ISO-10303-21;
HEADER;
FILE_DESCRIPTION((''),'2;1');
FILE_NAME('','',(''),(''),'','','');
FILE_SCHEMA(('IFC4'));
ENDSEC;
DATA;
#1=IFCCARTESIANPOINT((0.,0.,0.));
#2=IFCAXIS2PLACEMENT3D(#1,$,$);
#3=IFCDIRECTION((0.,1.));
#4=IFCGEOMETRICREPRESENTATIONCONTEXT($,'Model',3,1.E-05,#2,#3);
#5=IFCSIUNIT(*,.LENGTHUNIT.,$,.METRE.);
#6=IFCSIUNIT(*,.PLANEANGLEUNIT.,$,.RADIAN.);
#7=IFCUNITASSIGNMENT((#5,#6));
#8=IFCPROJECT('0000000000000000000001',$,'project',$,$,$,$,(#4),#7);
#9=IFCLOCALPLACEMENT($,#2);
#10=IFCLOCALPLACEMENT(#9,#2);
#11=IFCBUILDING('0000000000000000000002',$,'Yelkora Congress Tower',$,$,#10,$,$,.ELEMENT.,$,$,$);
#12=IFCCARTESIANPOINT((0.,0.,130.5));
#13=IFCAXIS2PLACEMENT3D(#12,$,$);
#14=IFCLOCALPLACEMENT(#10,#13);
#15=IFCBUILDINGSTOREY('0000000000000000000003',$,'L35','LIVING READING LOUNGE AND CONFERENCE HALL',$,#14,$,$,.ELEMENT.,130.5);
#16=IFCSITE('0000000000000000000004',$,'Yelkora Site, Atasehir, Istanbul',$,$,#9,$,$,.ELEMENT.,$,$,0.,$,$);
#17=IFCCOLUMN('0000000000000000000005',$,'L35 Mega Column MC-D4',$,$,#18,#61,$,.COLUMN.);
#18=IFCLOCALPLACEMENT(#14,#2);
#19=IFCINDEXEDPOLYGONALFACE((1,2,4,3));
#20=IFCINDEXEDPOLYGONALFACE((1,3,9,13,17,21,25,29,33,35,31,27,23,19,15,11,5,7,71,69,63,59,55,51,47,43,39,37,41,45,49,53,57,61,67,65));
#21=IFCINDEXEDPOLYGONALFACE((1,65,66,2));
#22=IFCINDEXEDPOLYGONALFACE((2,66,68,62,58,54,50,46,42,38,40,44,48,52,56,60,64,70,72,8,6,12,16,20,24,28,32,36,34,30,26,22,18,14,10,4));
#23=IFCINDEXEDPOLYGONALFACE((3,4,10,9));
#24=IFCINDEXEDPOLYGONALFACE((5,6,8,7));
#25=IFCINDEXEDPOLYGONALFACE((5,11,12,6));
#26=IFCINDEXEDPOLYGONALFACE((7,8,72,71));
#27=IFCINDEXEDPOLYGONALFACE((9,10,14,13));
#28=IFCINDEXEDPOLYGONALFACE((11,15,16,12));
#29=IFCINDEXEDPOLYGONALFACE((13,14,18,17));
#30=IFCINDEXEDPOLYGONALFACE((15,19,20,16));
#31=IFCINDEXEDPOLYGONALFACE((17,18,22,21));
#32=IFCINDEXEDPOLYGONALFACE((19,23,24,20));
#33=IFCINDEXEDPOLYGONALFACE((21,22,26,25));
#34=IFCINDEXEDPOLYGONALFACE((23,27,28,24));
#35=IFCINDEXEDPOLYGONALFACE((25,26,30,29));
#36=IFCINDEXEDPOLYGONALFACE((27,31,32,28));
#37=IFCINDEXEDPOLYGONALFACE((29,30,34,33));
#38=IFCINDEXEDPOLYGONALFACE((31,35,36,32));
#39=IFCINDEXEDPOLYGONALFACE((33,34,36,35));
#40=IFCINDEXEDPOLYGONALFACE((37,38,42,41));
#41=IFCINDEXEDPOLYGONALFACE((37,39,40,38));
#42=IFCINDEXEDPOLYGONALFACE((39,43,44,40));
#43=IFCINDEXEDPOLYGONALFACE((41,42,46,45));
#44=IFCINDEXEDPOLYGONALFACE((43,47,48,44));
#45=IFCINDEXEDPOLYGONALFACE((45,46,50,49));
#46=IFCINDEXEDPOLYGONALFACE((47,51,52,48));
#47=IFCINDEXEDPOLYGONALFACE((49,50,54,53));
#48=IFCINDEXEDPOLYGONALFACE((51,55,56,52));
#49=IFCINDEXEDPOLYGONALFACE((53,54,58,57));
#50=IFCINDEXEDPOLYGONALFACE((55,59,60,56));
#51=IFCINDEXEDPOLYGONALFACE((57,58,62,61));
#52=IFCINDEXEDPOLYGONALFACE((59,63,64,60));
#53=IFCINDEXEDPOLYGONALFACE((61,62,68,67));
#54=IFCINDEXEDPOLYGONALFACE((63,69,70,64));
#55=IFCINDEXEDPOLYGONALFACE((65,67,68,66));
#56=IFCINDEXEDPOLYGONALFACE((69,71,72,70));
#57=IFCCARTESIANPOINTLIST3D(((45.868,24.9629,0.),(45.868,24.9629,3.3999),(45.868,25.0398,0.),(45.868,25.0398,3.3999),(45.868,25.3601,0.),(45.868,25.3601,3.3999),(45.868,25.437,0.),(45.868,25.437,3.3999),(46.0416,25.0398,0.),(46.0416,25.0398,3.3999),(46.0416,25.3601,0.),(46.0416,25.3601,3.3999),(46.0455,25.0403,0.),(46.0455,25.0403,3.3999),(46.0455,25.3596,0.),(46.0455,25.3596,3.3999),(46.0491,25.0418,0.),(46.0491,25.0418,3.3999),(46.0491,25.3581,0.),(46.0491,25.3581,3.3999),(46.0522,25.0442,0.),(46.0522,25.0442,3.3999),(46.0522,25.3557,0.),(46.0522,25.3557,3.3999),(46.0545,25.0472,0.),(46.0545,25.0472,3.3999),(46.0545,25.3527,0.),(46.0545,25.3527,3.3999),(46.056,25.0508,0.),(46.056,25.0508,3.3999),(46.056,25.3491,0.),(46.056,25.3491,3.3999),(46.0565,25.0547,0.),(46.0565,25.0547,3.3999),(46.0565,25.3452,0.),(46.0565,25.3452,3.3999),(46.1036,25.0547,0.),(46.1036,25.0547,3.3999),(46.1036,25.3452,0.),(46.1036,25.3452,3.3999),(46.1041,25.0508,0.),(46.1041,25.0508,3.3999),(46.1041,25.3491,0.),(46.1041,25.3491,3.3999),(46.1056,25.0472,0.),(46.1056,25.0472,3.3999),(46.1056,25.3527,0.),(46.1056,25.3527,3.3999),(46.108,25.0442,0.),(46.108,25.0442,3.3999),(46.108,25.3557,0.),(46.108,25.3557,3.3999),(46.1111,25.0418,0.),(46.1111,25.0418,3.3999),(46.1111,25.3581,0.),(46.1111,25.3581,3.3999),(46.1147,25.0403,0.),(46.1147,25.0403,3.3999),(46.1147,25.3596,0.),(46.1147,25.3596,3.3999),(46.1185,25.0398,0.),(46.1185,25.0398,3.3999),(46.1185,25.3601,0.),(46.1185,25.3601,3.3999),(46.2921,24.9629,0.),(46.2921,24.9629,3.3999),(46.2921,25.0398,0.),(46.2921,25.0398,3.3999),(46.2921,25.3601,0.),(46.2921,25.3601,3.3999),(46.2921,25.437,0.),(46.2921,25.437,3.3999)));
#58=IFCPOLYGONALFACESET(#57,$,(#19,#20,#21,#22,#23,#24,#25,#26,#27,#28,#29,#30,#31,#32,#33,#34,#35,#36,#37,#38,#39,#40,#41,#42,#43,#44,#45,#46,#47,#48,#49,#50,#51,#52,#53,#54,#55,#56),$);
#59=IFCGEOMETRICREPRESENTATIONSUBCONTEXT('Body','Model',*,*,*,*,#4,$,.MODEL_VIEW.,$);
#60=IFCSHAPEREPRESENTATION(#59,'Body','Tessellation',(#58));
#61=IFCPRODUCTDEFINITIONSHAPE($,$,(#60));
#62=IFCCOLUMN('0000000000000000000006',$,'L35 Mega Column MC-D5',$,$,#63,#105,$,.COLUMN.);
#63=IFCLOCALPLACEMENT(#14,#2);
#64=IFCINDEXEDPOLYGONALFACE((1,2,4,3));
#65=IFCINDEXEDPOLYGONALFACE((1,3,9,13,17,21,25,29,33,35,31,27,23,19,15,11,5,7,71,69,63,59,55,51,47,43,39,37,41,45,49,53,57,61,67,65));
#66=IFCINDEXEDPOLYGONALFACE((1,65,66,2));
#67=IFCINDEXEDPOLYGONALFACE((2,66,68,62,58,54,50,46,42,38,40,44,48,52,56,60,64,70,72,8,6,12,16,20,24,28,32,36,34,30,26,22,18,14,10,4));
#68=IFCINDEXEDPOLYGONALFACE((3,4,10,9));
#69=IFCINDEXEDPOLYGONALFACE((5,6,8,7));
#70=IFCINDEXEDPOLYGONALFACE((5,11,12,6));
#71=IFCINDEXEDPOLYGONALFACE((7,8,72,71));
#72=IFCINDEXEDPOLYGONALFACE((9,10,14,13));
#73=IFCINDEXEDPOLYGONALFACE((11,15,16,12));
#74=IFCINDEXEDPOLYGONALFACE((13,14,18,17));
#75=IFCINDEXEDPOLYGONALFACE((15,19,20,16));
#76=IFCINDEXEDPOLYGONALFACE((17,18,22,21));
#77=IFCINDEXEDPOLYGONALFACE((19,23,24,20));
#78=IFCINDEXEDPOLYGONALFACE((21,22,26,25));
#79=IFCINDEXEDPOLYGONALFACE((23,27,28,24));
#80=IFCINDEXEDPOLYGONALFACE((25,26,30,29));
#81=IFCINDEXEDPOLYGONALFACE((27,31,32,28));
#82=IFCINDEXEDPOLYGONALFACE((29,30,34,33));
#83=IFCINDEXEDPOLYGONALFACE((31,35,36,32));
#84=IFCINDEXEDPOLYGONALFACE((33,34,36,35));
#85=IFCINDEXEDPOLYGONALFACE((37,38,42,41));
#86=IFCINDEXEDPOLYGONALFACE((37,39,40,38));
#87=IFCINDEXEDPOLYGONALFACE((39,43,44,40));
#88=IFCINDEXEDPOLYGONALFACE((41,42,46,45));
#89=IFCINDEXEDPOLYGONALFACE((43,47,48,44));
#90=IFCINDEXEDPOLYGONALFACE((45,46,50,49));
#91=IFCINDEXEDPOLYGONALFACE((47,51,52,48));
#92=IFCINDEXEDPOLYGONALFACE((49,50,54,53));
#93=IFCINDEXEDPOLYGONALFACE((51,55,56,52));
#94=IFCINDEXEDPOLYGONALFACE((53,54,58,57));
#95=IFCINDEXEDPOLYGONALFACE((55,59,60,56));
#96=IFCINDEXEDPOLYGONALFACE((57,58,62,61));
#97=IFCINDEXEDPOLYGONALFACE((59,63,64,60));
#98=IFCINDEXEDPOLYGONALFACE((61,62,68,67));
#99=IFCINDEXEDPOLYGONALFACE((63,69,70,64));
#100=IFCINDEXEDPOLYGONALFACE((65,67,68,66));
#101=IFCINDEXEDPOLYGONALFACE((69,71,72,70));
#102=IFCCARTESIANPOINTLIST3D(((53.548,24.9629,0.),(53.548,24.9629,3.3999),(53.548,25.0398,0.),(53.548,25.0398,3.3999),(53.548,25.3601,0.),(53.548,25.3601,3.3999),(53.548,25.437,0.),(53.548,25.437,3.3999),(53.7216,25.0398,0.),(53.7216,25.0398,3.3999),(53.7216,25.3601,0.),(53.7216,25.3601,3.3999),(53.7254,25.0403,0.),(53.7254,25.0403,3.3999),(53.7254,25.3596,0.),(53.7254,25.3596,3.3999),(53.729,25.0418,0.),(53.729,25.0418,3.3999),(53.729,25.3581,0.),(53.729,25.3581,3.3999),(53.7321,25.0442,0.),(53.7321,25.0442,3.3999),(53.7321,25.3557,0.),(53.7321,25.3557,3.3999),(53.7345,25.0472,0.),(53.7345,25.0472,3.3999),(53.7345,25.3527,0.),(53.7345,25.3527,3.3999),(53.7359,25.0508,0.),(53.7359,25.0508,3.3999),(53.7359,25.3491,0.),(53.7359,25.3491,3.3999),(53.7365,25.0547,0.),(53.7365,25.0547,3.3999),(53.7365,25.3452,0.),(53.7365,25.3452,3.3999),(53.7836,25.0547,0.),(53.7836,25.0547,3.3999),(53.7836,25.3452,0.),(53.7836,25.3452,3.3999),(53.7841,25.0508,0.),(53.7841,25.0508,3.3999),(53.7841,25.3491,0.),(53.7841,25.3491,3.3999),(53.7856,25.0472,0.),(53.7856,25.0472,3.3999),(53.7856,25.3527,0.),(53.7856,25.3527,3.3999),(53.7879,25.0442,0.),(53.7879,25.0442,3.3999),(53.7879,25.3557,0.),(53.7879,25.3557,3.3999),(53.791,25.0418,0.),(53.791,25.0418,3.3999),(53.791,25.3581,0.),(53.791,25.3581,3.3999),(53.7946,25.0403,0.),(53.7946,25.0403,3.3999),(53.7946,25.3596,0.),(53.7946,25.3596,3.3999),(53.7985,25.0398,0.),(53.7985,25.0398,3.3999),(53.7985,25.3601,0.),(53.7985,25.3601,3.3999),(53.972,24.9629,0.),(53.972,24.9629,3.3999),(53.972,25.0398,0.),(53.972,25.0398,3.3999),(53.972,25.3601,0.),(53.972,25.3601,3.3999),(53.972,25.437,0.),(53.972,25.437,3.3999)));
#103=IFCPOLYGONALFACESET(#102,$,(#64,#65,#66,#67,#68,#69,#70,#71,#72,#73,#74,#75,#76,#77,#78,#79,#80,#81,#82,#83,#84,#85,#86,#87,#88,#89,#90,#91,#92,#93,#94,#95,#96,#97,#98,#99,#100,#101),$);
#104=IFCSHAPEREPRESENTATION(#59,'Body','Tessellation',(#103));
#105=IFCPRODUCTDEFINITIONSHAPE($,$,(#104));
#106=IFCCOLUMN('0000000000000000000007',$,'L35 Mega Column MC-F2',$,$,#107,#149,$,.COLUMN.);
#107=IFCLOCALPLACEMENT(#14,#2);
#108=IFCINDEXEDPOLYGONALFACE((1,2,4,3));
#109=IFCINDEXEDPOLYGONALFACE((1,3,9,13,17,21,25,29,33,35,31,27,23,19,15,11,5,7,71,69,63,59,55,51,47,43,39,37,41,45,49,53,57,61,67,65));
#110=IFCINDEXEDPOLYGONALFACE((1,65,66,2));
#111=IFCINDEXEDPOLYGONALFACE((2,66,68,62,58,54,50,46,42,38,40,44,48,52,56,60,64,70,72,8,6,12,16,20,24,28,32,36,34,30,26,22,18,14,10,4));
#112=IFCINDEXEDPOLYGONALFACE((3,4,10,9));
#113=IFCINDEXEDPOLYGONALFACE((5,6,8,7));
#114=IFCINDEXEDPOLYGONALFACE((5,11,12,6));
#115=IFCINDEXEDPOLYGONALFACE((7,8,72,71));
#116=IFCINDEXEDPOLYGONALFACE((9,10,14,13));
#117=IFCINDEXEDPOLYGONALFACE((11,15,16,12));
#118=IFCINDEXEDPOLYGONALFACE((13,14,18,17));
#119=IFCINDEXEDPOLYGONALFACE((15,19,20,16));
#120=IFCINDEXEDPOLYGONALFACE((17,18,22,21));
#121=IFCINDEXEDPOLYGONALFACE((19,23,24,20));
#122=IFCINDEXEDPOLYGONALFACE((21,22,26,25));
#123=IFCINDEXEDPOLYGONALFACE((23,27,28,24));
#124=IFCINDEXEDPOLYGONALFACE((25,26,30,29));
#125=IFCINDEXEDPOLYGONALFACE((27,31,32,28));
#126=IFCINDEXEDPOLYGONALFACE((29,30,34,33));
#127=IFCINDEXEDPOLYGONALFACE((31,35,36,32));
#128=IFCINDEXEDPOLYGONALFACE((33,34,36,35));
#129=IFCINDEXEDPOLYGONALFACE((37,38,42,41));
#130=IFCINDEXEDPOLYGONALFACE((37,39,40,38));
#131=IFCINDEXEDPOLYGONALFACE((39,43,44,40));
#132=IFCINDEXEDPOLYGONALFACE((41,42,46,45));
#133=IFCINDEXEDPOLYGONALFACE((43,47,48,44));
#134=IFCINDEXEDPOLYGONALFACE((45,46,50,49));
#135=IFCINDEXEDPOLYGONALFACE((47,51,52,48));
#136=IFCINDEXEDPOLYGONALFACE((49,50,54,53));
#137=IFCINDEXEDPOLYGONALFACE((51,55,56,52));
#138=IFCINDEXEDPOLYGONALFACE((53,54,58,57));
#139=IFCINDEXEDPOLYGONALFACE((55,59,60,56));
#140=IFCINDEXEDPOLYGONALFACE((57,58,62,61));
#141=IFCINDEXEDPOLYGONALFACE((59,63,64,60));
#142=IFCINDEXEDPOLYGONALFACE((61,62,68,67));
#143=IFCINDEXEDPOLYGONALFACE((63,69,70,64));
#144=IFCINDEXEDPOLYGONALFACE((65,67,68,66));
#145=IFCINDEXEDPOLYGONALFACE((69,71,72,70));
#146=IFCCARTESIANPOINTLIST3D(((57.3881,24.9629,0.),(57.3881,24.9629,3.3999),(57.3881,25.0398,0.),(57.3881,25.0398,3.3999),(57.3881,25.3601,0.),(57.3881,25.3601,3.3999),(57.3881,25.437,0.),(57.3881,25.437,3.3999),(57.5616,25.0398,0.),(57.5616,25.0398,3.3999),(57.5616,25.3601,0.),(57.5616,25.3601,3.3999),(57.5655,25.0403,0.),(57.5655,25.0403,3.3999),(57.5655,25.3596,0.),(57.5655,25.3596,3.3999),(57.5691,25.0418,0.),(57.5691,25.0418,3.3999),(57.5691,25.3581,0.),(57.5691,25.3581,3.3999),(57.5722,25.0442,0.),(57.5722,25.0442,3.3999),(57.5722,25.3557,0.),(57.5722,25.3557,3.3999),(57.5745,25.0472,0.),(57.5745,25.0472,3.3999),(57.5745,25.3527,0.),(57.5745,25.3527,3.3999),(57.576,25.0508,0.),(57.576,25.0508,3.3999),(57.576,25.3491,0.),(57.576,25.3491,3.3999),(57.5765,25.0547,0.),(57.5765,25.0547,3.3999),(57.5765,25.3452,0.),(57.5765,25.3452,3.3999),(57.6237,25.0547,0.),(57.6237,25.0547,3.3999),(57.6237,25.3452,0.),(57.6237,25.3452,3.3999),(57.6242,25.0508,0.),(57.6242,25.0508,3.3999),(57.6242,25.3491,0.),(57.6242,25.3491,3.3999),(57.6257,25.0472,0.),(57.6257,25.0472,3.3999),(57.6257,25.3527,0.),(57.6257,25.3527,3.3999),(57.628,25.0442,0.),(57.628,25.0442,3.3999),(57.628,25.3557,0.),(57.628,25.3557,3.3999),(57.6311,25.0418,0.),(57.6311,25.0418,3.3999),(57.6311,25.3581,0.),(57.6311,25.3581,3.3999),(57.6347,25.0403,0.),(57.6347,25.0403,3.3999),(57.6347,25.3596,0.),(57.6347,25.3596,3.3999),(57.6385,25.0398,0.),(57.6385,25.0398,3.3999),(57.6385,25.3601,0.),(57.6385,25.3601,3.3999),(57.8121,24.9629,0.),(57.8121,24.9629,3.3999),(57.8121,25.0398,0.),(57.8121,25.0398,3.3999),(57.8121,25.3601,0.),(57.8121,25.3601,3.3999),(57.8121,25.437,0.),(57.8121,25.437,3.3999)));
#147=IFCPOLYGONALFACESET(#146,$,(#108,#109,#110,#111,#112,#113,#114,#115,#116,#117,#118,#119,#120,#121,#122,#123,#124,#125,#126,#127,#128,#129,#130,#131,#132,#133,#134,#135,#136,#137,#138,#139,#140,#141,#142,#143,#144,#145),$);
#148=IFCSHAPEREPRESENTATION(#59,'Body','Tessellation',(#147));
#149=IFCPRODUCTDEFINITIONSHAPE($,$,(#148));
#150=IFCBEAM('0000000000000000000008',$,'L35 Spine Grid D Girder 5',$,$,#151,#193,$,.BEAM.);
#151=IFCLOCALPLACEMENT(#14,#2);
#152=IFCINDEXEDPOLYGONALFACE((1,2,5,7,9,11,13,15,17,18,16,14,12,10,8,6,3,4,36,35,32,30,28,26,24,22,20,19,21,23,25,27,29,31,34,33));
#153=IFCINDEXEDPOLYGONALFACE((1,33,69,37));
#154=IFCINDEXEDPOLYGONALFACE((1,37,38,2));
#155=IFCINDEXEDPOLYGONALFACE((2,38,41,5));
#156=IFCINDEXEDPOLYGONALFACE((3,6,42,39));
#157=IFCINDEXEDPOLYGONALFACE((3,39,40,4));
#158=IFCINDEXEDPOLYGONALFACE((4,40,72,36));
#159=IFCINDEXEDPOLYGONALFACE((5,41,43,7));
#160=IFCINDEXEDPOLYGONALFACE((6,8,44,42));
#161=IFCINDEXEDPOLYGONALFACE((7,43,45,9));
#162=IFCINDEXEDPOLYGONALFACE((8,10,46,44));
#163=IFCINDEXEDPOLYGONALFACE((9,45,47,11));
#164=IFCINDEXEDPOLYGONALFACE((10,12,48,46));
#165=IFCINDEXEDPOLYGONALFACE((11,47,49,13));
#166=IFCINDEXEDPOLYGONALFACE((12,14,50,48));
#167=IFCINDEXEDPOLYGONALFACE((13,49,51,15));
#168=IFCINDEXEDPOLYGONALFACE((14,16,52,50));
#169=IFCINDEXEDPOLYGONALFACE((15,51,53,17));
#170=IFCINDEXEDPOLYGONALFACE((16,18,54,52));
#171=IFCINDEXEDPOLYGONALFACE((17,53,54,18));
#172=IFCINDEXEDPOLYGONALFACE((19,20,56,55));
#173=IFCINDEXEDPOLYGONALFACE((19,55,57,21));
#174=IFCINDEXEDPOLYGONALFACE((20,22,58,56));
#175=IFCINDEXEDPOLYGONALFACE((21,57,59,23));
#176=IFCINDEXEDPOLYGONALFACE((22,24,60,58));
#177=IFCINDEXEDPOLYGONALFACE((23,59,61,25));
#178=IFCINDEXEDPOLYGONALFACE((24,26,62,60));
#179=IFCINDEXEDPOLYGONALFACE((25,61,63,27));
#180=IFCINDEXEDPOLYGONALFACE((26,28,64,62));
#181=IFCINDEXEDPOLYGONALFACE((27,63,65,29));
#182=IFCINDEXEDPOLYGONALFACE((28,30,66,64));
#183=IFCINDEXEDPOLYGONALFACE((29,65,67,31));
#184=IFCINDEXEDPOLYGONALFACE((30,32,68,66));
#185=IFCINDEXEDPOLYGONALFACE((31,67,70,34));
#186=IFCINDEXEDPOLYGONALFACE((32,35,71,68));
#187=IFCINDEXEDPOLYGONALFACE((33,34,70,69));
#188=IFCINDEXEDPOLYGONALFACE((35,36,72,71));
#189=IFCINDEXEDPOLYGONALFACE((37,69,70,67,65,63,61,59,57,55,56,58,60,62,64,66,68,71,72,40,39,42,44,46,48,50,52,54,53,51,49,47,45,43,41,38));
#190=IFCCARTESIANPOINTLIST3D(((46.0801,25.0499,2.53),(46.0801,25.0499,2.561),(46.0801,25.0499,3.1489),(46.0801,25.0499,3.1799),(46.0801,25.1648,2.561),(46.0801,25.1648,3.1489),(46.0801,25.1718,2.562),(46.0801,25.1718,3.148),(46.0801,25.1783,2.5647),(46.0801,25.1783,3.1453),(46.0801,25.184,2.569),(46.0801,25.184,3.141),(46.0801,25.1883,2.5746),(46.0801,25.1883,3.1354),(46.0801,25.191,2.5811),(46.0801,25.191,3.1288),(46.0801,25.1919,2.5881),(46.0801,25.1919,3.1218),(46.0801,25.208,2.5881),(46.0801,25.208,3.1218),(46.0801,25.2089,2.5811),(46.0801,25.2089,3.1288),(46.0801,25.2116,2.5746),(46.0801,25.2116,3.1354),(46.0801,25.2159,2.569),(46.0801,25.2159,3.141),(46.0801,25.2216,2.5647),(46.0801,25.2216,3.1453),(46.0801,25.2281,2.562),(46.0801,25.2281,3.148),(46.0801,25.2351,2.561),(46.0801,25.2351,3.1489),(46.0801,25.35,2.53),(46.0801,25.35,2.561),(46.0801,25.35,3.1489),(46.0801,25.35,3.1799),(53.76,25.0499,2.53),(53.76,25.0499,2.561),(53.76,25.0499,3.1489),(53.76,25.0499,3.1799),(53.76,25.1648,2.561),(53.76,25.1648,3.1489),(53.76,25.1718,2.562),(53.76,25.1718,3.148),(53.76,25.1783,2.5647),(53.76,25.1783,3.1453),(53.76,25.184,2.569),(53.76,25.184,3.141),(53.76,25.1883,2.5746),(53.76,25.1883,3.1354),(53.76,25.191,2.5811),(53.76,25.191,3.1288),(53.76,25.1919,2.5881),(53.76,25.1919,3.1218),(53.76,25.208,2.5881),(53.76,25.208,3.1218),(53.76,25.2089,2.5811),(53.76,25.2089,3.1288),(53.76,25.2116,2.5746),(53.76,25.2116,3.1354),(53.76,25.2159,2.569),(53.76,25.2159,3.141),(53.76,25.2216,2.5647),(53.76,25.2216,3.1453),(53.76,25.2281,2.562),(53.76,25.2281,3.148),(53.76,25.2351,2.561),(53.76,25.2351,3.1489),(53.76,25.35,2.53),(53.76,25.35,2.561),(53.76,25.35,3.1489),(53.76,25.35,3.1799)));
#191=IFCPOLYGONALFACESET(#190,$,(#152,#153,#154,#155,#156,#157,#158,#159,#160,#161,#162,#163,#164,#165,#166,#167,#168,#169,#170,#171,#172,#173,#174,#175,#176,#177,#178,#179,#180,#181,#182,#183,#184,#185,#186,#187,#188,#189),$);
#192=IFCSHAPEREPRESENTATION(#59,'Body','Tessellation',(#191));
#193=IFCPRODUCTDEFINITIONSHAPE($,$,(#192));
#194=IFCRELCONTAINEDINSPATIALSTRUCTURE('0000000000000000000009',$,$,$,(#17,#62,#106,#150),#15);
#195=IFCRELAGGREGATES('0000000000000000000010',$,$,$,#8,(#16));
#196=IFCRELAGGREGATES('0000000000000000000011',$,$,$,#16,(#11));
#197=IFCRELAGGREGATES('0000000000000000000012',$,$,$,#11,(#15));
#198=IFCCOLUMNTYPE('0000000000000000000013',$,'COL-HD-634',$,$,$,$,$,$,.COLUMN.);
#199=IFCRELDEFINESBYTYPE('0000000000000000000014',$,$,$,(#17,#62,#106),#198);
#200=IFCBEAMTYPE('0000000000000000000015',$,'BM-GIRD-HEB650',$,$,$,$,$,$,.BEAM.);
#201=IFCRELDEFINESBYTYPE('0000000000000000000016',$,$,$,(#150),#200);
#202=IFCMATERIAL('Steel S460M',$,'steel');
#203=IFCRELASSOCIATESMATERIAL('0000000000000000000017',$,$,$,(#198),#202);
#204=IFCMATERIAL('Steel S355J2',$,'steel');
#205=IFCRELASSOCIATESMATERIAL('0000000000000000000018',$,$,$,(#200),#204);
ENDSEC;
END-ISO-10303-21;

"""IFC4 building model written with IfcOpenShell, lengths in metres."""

from ifc_helpers import new_model, si_unit, direction, frame, origin, origin_2d, place, context, subcontext, project, spatial, i_section, extrude, material, material_profile, profile_set, type_object, element, save


model = new_model("IFC4")

# Units and contexts
model_context = context("Model", 3, precision=1e-05, world=origin(), true_north=direction((0.0, 1.0)))
body_context = subcontext(model_context, "Body", "Model", "MODEL_VIEW")
ifc_project = project(units=[si_unit("LENGTHUNIT", "METRE"), si_unit("PLANEANGLEUNIT", "RADIAN")], contexts=[model_context])

# Site, building, storey
site_placement = place(None, origin())
site = spatial("IfcSite", under=ifc_project, at=site_placement, Name="Yelkora Site, Atasehir, Istanbul", CompositionType="ELEMENT", RefElevation=0.0)
building_placement = place(site_placement, origin())
building = spatial("IfcBuilding", under=site, at=building_placement, Name="Yelkora Congress Tower", CompositionType="ELEMENT")
storey_placement = place(building_placement, frame((0.0, 0.0, 130.5)))
storey = spatial("IfcBuildingStorey", under=building, at=storey_placement, Name="L35", Description="LIVING READING LOUNGE AND CONFERENCE HALL", CompositionType="ELEMENT", Elevation=130.5)

# Columns
ifc_material_1 = material(Name="Steel S460M", Category="steel")
ifc_material_profile_1 = material_profile(ifc_material_1, i_section(OverallWidth=0.4241, OverallDepth=0.4741, WebThickness=0.0471, FlangeThickness=0.0769, FilletRadius=0.0149, at=origin_2d()), Name="HD 400x634")
ifc_profile_set_1 = profile_set([ifc_material_profile_1], Name="Steel S460M")
column_type = type_object("IfcColumnType", Name="COL-HD-634", PredefinedType="COLUMN", material=ifc_profile_set_1)
for number, where, z_axis, x_axis, name in (
    (1, (46.0801, 25.2, 0.0), (0.0, 0.0, 1.0), (1.0, 0.0, 0.0), "L35 Mega Column MC-D4"),
    (2, (53.76, 25.2, 0.0), (0.0, 0.0, 1.0), (1.0, 0.0, 0.0), "L35 Mega Column MC-D5"),
    (3, (57.6001, 25.2, 0.0), (0.0, 0.0, 1.0), (1.0, 0.0, 0.0), "L35 Mega Column MC-F2"),
):
    element("IfcColumn", number, at=place(storey_placement, frame(where, z_axis=z_axis, x_axis=x_axis)), inside=storey, type_object=column_type, Name=name, PredefinedType="COLUMN", context=body_context, shape_type="SweptSolid", body=[
        extrude(i_section(OverallWidth=0.4241, OverallDepth=0.4741, WebThickness=0.0471, FlangeThickness=0.0769, FilletRadius=0.0149, at=origin_2d()), origin(), (0.0, 0.0, 1.0), 3.3999),
    ])

# Beam
ifc_material_2 = material(Name="Steel S355J2", Category="steel")
ifc_material_profile_2 = material_profile(ifc_material_2, i_section(OverallWidth=0.3, OverallDepth=0.6499, WebThickness=0.0161, FlangeThickness=0.031, FilletRadius=0.0271, at=origin_2d()), Name="HEB 650")
ifc_profile_set_2 = profile_set([ifc_material_profile_2], Name="Steel S355J2")
beam_type_1 = type_object("IfcBeamType", Name="BM-GIRD-HEB650", PredefinedType="BEAM", material=ifc_profile_set_2)
beam_1_placement = place(storey_placement, frame((46.0801, 25.2, 2.855), z_axis=(1.0, 0.0, 0.0), x_axis=(0.0, 1.0, 0.0)))
element("IfcBeam", 4, at=beam_1_placement, inside=storey, type_object=beam_type_1, Name="L35 Spine Grid D Girder 5", PredefinedType="BEAM", context=body_context, shape_type="SweptSolid", body=[
    extrude(i_section(OverallWidth=0.3, OverallDepth=0.6499, WebThickness=0.0161, FlangeThickness=0.031, FilletRadius=0.0271, at=origin_2d()), origin(), (0.0, 0.0, 1.0), 7.6799),
])

save(model, "model.ifc")
